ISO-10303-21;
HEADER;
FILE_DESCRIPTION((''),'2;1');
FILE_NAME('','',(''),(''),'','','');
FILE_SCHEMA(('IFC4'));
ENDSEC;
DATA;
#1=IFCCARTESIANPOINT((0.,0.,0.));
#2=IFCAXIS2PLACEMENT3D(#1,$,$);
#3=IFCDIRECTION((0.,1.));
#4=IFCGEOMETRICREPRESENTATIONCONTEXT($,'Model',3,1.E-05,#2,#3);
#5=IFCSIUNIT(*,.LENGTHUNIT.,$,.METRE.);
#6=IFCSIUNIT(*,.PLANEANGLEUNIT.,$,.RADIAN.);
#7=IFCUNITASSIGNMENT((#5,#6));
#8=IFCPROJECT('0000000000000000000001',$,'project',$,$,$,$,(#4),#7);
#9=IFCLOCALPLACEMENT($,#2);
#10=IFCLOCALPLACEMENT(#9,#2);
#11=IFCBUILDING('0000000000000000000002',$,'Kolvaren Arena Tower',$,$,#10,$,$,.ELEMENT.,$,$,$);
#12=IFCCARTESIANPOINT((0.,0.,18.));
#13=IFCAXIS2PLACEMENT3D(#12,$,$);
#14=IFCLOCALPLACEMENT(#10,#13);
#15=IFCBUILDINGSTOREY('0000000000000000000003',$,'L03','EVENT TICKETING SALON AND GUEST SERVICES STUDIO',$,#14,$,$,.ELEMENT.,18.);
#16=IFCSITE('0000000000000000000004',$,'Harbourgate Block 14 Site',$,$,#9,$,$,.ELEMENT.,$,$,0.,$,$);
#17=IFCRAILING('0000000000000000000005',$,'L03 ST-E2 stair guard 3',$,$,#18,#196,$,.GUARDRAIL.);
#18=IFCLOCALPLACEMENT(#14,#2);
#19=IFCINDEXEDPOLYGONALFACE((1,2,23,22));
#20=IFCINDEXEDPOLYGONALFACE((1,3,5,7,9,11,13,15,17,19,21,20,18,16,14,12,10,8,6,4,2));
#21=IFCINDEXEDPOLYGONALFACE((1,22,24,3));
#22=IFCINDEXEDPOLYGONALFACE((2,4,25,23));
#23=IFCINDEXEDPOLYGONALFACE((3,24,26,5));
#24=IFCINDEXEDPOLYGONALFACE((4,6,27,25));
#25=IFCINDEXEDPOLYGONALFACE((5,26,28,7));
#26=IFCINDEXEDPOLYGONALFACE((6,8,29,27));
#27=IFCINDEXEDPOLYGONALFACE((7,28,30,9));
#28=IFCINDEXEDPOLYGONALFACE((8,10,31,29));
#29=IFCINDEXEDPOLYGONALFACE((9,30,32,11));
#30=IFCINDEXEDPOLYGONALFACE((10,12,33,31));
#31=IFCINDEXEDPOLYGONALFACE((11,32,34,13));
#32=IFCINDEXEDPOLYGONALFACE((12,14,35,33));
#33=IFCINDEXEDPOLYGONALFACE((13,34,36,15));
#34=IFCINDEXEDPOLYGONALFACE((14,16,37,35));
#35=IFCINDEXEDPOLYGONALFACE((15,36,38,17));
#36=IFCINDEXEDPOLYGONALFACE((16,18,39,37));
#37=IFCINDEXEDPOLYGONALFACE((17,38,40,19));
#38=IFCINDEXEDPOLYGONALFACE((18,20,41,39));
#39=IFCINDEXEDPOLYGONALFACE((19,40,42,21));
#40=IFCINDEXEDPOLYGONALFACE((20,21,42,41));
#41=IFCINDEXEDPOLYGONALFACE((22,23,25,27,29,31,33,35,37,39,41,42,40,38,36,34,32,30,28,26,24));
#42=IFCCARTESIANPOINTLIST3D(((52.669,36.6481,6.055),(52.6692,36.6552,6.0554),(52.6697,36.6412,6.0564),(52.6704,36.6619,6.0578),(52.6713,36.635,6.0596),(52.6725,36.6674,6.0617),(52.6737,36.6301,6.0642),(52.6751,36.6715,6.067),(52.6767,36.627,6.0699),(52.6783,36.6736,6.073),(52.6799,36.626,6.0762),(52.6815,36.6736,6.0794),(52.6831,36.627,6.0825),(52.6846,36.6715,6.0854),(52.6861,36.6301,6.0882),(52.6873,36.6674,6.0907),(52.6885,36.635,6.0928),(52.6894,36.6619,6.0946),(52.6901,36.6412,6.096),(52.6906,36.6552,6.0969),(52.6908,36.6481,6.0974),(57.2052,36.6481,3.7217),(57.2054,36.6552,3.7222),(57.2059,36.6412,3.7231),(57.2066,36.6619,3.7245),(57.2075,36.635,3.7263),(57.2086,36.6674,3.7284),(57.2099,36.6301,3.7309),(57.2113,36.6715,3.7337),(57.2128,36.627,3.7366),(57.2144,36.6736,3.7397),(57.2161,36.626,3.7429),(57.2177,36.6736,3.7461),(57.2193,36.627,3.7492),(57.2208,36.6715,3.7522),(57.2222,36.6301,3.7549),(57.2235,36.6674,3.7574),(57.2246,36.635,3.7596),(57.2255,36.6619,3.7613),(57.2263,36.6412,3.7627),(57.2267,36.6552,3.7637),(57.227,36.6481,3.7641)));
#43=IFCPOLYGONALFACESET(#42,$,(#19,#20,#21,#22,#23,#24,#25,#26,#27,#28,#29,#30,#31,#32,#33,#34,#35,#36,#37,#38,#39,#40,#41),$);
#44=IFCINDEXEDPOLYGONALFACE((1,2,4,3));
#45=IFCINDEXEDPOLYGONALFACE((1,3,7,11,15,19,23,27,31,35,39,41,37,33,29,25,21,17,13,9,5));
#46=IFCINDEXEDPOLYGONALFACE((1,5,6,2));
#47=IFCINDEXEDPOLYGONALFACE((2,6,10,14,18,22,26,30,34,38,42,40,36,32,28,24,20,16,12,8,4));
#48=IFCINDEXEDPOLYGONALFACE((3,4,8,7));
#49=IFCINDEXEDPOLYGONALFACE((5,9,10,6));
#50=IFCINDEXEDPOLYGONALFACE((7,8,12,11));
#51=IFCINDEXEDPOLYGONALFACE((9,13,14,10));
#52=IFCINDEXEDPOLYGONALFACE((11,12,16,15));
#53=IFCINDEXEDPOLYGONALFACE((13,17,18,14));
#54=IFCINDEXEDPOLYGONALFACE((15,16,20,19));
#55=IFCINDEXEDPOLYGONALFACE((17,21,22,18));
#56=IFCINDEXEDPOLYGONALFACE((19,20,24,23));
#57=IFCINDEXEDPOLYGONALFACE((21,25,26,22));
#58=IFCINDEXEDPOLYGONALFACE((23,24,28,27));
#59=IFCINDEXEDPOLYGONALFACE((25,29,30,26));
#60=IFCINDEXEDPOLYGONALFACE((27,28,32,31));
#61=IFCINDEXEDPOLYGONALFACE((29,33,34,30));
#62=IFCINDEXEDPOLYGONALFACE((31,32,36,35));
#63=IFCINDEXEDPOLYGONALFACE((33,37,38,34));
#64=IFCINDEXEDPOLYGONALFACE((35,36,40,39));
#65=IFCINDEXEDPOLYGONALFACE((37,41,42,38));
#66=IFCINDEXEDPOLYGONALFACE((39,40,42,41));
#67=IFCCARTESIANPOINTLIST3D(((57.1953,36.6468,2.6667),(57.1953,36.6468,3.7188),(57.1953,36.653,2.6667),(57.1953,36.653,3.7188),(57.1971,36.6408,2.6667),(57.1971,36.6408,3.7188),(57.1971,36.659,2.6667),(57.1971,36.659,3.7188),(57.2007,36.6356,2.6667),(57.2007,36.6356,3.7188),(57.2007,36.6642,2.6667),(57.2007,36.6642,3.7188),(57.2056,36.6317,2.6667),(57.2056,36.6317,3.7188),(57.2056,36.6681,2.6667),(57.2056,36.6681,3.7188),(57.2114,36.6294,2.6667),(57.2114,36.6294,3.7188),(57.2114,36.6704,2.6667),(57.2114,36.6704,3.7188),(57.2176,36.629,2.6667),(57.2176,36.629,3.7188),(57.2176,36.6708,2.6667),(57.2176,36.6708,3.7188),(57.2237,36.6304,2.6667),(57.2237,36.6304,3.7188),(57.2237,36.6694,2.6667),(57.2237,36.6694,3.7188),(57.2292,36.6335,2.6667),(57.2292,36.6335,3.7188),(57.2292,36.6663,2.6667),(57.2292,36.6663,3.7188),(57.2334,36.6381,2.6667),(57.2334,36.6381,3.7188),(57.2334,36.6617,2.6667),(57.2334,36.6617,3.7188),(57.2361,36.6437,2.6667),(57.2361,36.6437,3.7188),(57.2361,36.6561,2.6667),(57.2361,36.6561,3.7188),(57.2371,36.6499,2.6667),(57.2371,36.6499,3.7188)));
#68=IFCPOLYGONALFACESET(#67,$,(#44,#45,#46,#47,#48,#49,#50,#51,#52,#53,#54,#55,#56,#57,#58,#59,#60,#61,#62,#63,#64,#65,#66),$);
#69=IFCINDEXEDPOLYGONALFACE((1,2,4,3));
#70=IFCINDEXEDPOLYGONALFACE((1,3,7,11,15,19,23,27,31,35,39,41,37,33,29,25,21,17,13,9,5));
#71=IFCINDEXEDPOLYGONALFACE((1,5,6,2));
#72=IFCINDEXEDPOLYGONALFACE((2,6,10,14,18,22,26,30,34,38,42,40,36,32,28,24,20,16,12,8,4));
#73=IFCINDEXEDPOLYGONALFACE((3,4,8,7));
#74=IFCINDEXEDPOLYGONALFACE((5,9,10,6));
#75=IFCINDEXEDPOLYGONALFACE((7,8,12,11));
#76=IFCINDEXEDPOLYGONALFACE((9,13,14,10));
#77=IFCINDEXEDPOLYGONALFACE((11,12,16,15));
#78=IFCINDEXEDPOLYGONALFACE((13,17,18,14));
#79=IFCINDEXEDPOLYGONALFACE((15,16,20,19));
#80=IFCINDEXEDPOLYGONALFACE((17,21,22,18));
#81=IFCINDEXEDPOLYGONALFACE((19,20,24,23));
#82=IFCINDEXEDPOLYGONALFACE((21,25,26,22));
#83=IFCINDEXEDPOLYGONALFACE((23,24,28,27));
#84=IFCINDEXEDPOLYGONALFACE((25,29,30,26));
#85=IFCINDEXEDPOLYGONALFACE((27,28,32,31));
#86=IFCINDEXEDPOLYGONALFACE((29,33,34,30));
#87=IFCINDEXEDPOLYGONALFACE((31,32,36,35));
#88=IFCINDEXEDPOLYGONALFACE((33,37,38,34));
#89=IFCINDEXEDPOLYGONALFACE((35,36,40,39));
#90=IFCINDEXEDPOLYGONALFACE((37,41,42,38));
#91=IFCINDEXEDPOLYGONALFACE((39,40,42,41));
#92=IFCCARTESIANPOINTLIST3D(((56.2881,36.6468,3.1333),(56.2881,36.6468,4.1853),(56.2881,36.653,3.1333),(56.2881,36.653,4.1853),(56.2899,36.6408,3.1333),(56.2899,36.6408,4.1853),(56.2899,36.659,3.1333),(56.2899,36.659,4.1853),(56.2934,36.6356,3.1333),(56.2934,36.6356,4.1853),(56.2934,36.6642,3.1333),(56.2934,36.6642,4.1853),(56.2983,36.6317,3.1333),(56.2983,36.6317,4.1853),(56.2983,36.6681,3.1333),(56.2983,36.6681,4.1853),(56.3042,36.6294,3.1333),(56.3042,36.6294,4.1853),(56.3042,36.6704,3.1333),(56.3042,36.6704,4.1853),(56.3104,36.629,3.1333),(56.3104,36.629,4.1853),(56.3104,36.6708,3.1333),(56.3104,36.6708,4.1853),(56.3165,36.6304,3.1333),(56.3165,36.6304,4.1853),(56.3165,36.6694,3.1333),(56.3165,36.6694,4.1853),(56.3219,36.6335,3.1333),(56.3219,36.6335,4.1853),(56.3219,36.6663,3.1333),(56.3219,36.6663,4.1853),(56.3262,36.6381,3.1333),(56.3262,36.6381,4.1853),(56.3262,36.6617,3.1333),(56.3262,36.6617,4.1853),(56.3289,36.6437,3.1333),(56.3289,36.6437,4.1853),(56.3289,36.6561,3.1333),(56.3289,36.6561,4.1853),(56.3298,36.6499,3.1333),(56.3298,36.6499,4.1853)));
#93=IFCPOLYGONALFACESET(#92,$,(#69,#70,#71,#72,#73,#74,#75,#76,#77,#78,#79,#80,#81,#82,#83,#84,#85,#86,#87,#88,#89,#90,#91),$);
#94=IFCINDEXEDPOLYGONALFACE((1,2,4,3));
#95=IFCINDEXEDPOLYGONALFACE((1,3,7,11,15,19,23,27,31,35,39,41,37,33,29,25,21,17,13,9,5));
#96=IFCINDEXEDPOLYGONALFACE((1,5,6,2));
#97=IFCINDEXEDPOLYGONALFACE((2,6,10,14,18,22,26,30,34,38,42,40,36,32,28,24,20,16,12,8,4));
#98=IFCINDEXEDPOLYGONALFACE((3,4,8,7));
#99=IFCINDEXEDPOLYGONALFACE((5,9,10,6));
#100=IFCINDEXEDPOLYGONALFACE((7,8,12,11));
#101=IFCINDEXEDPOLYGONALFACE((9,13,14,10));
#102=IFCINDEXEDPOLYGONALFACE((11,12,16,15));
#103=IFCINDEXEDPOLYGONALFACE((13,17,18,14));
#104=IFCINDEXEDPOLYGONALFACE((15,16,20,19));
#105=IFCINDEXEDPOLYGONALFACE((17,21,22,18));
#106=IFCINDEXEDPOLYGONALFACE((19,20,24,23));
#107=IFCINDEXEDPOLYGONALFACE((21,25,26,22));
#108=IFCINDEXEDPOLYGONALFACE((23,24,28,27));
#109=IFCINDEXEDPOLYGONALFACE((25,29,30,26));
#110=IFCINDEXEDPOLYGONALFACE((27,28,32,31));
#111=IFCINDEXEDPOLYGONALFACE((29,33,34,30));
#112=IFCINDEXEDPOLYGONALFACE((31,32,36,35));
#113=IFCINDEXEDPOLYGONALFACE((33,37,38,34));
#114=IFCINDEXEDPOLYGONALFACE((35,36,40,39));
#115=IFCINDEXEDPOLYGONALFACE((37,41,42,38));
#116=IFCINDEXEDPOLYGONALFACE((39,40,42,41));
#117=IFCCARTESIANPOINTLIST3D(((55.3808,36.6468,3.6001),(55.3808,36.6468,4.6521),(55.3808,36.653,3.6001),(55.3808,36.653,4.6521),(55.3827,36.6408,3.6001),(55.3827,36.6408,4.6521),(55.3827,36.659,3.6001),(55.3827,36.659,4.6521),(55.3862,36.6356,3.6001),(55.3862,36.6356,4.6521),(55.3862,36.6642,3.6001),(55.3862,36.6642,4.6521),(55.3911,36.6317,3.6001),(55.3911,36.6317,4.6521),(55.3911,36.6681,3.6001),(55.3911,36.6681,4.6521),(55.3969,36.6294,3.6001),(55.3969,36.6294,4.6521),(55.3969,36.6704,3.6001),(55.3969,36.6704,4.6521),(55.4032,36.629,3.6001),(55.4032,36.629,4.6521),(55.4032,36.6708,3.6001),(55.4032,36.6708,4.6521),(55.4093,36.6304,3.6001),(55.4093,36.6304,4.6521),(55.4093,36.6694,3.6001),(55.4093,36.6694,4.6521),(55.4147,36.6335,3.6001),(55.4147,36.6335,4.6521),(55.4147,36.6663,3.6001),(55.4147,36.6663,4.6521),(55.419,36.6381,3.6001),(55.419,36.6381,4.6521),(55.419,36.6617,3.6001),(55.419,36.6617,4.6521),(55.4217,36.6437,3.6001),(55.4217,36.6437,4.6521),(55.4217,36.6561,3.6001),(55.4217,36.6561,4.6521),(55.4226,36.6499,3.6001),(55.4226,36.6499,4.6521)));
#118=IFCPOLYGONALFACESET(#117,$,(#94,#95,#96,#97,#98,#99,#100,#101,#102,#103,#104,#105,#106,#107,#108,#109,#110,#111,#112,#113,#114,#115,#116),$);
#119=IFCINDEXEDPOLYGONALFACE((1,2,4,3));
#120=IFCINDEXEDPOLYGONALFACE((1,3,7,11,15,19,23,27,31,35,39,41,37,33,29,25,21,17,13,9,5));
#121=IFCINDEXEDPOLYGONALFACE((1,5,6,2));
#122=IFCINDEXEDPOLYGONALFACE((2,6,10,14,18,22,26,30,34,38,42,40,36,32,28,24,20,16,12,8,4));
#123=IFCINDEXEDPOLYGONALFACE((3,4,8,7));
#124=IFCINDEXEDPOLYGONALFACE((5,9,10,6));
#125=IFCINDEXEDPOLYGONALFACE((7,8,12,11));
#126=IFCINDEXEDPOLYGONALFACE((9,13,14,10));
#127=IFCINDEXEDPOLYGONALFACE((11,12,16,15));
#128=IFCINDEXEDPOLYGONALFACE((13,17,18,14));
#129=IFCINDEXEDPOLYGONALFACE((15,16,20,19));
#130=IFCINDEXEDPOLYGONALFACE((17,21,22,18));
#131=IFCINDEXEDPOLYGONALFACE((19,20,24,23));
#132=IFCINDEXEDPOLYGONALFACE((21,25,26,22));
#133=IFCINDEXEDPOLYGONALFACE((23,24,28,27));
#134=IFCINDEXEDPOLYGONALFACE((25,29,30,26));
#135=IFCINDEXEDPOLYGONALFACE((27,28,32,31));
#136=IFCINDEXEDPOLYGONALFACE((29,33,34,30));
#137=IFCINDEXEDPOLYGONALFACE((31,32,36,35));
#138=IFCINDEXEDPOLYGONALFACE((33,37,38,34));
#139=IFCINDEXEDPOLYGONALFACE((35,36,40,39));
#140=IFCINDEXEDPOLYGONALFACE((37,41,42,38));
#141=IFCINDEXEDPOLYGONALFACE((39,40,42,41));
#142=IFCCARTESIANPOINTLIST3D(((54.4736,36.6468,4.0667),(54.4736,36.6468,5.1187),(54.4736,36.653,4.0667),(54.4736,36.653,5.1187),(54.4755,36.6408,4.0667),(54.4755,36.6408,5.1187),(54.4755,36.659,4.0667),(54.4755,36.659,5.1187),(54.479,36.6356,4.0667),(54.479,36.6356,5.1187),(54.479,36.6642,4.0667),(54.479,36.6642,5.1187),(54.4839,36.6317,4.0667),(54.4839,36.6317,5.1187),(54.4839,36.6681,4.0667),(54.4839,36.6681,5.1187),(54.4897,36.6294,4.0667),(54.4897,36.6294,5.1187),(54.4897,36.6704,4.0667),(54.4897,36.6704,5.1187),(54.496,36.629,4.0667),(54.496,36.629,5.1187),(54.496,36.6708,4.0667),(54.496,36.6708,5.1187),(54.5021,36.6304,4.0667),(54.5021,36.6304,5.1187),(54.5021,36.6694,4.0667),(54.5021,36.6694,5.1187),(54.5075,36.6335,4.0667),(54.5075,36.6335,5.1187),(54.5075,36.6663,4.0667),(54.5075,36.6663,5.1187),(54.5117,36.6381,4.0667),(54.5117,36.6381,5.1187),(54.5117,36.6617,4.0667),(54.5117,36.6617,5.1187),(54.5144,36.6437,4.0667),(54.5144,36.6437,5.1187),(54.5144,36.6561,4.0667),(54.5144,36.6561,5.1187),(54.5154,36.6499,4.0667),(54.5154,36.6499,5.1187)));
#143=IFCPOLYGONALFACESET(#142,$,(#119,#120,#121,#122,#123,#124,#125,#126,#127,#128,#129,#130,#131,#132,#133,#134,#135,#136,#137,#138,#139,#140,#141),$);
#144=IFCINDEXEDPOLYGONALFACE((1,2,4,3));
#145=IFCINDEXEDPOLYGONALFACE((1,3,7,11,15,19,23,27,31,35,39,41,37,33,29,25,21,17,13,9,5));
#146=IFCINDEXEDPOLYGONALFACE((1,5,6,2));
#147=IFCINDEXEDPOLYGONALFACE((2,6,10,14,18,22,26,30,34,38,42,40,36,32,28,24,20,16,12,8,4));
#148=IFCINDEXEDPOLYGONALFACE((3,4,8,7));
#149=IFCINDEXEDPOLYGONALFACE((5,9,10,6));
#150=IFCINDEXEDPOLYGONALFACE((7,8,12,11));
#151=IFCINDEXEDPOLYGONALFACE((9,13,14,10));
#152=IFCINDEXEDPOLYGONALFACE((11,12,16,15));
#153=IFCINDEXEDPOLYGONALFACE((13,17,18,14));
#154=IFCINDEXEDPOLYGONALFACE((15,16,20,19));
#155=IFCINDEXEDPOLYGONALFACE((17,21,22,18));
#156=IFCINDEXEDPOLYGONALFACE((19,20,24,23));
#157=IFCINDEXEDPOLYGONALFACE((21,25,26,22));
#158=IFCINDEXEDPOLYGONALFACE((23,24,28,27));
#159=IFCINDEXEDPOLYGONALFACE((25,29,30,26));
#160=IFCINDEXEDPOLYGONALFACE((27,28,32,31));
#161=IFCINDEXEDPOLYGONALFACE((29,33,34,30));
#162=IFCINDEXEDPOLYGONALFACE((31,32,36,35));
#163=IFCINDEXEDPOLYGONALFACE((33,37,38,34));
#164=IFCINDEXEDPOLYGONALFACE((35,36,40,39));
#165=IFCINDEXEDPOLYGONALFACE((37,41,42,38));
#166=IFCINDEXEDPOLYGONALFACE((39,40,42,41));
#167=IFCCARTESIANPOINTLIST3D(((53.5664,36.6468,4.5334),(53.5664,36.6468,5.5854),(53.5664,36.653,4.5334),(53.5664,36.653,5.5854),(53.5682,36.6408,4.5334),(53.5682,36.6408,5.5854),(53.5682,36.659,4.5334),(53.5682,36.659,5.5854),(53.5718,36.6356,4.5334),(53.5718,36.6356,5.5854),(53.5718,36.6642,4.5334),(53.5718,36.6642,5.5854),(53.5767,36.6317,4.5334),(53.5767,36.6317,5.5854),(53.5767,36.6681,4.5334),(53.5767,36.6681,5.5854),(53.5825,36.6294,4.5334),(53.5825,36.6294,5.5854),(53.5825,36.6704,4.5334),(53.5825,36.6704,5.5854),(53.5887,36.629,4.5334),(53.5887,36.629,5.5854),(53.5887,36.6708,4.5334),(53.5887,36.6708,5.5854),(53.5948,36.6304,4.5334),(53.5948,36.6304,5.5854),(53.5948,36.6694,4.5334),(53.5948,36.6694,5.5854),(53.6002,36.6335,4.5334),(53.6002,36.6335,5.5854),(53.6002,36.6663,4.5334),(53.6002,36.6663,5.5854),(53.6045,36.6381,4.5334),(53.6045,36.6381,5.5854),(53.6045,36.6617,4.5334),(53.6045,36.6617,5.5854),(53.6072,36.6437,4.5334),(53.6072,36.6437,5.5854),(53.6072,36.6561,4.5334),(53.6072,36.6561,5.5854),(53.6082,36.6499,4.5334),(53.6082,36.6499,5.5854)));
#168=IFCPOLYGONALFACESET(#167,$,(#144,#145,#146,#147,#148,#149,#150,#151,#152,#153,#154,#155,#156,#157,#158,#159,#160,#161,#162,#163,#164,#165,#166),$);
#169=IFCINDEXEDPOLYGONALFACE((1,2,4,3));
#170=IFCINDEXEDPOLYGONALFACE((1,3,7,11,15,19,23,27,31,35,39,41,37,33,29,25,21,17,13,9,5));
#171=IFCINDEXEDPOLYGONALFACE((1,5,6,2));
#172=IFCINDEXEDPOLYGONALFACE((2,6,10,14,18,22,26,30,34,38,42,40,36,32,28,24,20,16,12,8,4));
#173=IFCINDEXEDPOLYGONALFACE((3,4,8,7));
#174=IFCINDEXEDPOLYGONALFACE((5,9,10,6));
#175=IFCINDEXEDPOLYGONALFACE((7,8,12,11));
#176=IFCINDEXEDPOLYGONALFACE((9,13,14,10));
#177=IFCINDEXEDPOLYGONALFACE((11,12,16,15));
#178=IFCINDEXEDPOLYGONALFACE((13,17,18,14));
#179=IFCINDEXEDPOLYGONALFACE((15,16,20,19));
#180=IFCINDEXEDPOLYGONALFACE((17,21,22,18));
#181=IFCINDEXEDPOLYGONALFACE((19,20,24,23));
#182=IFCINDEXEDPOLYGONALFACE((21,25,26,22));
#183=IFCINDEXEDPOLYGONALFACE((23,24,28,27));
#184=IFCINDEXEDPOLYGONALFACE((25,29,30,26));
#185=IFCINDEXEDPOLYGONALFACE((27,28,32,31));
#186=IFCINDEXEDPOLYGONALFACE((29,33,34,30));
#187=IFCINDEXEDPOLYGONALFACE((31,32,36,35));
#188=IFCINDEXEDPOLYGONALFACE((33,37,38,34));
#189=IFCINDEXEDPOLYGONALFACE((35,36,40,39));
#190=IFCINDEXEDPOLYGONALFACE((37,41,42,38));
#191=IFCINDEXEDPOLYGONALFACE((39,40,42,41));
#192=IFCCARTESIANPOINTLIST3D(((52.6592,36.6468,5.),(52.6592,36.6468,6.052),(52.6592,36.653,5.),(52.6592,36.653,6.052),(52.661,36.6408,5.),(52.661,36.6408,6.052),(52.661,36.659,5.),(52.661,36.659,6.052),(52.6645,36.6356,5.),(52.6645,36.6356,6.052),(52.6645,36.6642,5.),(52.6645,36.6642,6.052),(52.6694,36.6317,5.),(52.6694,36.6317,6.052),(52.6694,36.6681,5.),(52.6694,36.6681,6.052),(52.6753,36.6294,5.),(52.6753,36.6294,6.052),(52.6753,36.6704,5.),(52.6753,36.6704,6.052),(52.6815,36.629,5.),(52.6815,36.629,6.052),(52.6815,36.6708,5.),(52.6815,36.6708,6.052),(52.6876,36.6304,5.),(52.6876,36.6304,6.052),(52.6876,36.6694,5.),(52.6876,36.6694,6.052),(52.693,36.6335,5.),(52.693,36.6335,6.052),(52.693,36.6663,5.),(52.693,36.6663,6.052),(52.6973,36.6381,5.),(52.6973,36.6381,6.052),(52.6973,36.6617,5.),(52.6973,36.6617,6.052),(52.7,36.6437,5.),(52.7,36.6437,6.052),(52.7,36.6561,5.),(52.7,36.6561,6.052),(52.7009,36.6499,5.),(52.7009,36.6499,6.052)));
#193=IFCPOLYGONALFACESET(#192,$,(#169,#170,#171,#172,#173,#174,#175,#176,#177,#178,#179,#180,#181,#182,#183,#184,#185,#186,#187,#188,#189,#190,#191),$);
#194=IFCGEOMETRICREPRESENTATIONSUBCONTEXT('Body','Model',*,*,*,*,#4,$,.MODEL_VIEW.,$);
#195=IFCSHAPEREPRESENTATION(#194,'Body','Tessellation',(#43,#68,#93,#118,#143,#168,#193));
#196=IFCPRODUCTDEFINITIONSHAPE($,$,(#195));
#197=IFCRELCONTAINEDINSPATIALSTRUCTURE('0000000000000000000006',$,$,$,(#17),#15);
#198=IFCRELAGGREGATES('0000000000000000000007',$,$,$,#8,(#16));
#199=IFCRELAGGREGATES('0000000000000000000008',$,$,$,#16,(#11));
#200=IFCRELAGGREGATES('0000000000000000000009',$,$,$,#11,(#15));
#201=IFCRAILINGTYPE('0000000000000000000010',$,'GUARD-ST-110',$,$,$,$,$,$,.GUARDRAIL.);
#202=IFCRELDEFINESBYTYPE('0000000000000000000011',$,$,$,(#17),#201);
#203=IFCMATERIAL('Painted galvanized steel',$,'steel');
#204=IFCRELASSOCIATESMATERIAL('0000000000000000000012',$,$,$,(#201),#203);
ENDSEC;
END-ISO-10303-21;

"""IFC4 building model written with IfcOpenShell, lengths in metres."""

from ifc_helpers import new_model, si_unit, direction, frame, origin, origin_2d, place, context, subcontext, project, spatial, circle, extrude, material, type_object, element, save


model = new_model("IFC4")

# Units and contexts
model_context = context("Model", 3, precision=1e-05, world=origin(), true_north=direction((0.0, 1.0)))
body_context = subcontext(model_context, "Body", "Model", "MODEL_VIEW")
ifc_project = project(units=[si_unit("LENGTHUNIT", "METRE"), si_unit("PLANEANGLEUNIT", "RADIAN")], contexts=[model_context])

# Site, building, storey
site_placement = place(None, origin())
site = spatial("IfcSite", under=ifc_project, at=site_placement, Name="Harbourgate Block 14 Site", CompositionType="ELEMENT", RefElevation=0.0)
building_placement = place(site_placement, origin())
building = spatial("IfcBuilding", under=site, at=building_placement, Name="Kolvaren Arena Tower", CompositionType="ELEMENT")
storey_placement = place(building_placement, frame((0.0, 0.0, 18.0)))
storey = spatial("IfcBuildingStorey", under=building, at=storey_placement, Name="L03", Description="EVENT TICKETING SALON AND GUEST SERVICES STUDIO", CompositionType="ELEMENT", Elevation=18.0)

# Railing
ifc_material_1 = material(Name="Painted galvanized steel", Category="steel")
railing_type_1 = type_object("IfcRailingType", Name="GUARD-ST-110", PredefinedType="GUARDRAIL", material=ifc_material_1)
railing_1_placement = place(storey_placement, frame((57.2161, 36.6499, 2.6667)))
element("IfcRailing", 1, at=railing_1_placement, inside=storey, type_object=railing_type_1, Name="L03 ST-E2 stair guard 3", PredefinedType="GUARDRAIL", context=body_context, shape_type="SweptSolid", body=[
    extrude(circle(Radius=0.0239, at=origin_2d()), frame((0.0, 0.0, 1.0762), z_axis=(-0.889257, 0.0, 0.457407), x_axis=(0.0, -1.0, 0.0)), (0.0, 0.0, 1.0), 5.1011),
    extrude(circle(Radius=0.021, at=origin_2d()), origin(), (0.0, 0.0, 1.0), 1.052),
    extrude(circle(Radius=0.021, at=origin_2d()), frame((-0.9072, 0.0, 0.4666)), (0.0, 0.0, 1.0), 1.052),
    extrude(circle(Radius=0.021, at=origin_2d()), frame((-1.8145, 0.0, 0.9333)), (0.0, 0.0, 1.0), 1.052),
    extrude(circle(Radius=0.021, at=origin_2d()), frame((-2.7217, 0.0, 1.3999)), (0.0, 0.0, 1.0), 1.052),
    extrude(circle(Radius=0.021, at=origin_2d()), frame((-3.6289, 0.0, 1.8667)), (0.0, 0.0, 1.0), 1.052),
    extrude(circle(Radius=0.021, at=origin_2d()), frame((-4.5361, 0.0, 2.3333)), (0.0, 0.0, 1.0), 1.052),
])

save(model, "model.ifc")
